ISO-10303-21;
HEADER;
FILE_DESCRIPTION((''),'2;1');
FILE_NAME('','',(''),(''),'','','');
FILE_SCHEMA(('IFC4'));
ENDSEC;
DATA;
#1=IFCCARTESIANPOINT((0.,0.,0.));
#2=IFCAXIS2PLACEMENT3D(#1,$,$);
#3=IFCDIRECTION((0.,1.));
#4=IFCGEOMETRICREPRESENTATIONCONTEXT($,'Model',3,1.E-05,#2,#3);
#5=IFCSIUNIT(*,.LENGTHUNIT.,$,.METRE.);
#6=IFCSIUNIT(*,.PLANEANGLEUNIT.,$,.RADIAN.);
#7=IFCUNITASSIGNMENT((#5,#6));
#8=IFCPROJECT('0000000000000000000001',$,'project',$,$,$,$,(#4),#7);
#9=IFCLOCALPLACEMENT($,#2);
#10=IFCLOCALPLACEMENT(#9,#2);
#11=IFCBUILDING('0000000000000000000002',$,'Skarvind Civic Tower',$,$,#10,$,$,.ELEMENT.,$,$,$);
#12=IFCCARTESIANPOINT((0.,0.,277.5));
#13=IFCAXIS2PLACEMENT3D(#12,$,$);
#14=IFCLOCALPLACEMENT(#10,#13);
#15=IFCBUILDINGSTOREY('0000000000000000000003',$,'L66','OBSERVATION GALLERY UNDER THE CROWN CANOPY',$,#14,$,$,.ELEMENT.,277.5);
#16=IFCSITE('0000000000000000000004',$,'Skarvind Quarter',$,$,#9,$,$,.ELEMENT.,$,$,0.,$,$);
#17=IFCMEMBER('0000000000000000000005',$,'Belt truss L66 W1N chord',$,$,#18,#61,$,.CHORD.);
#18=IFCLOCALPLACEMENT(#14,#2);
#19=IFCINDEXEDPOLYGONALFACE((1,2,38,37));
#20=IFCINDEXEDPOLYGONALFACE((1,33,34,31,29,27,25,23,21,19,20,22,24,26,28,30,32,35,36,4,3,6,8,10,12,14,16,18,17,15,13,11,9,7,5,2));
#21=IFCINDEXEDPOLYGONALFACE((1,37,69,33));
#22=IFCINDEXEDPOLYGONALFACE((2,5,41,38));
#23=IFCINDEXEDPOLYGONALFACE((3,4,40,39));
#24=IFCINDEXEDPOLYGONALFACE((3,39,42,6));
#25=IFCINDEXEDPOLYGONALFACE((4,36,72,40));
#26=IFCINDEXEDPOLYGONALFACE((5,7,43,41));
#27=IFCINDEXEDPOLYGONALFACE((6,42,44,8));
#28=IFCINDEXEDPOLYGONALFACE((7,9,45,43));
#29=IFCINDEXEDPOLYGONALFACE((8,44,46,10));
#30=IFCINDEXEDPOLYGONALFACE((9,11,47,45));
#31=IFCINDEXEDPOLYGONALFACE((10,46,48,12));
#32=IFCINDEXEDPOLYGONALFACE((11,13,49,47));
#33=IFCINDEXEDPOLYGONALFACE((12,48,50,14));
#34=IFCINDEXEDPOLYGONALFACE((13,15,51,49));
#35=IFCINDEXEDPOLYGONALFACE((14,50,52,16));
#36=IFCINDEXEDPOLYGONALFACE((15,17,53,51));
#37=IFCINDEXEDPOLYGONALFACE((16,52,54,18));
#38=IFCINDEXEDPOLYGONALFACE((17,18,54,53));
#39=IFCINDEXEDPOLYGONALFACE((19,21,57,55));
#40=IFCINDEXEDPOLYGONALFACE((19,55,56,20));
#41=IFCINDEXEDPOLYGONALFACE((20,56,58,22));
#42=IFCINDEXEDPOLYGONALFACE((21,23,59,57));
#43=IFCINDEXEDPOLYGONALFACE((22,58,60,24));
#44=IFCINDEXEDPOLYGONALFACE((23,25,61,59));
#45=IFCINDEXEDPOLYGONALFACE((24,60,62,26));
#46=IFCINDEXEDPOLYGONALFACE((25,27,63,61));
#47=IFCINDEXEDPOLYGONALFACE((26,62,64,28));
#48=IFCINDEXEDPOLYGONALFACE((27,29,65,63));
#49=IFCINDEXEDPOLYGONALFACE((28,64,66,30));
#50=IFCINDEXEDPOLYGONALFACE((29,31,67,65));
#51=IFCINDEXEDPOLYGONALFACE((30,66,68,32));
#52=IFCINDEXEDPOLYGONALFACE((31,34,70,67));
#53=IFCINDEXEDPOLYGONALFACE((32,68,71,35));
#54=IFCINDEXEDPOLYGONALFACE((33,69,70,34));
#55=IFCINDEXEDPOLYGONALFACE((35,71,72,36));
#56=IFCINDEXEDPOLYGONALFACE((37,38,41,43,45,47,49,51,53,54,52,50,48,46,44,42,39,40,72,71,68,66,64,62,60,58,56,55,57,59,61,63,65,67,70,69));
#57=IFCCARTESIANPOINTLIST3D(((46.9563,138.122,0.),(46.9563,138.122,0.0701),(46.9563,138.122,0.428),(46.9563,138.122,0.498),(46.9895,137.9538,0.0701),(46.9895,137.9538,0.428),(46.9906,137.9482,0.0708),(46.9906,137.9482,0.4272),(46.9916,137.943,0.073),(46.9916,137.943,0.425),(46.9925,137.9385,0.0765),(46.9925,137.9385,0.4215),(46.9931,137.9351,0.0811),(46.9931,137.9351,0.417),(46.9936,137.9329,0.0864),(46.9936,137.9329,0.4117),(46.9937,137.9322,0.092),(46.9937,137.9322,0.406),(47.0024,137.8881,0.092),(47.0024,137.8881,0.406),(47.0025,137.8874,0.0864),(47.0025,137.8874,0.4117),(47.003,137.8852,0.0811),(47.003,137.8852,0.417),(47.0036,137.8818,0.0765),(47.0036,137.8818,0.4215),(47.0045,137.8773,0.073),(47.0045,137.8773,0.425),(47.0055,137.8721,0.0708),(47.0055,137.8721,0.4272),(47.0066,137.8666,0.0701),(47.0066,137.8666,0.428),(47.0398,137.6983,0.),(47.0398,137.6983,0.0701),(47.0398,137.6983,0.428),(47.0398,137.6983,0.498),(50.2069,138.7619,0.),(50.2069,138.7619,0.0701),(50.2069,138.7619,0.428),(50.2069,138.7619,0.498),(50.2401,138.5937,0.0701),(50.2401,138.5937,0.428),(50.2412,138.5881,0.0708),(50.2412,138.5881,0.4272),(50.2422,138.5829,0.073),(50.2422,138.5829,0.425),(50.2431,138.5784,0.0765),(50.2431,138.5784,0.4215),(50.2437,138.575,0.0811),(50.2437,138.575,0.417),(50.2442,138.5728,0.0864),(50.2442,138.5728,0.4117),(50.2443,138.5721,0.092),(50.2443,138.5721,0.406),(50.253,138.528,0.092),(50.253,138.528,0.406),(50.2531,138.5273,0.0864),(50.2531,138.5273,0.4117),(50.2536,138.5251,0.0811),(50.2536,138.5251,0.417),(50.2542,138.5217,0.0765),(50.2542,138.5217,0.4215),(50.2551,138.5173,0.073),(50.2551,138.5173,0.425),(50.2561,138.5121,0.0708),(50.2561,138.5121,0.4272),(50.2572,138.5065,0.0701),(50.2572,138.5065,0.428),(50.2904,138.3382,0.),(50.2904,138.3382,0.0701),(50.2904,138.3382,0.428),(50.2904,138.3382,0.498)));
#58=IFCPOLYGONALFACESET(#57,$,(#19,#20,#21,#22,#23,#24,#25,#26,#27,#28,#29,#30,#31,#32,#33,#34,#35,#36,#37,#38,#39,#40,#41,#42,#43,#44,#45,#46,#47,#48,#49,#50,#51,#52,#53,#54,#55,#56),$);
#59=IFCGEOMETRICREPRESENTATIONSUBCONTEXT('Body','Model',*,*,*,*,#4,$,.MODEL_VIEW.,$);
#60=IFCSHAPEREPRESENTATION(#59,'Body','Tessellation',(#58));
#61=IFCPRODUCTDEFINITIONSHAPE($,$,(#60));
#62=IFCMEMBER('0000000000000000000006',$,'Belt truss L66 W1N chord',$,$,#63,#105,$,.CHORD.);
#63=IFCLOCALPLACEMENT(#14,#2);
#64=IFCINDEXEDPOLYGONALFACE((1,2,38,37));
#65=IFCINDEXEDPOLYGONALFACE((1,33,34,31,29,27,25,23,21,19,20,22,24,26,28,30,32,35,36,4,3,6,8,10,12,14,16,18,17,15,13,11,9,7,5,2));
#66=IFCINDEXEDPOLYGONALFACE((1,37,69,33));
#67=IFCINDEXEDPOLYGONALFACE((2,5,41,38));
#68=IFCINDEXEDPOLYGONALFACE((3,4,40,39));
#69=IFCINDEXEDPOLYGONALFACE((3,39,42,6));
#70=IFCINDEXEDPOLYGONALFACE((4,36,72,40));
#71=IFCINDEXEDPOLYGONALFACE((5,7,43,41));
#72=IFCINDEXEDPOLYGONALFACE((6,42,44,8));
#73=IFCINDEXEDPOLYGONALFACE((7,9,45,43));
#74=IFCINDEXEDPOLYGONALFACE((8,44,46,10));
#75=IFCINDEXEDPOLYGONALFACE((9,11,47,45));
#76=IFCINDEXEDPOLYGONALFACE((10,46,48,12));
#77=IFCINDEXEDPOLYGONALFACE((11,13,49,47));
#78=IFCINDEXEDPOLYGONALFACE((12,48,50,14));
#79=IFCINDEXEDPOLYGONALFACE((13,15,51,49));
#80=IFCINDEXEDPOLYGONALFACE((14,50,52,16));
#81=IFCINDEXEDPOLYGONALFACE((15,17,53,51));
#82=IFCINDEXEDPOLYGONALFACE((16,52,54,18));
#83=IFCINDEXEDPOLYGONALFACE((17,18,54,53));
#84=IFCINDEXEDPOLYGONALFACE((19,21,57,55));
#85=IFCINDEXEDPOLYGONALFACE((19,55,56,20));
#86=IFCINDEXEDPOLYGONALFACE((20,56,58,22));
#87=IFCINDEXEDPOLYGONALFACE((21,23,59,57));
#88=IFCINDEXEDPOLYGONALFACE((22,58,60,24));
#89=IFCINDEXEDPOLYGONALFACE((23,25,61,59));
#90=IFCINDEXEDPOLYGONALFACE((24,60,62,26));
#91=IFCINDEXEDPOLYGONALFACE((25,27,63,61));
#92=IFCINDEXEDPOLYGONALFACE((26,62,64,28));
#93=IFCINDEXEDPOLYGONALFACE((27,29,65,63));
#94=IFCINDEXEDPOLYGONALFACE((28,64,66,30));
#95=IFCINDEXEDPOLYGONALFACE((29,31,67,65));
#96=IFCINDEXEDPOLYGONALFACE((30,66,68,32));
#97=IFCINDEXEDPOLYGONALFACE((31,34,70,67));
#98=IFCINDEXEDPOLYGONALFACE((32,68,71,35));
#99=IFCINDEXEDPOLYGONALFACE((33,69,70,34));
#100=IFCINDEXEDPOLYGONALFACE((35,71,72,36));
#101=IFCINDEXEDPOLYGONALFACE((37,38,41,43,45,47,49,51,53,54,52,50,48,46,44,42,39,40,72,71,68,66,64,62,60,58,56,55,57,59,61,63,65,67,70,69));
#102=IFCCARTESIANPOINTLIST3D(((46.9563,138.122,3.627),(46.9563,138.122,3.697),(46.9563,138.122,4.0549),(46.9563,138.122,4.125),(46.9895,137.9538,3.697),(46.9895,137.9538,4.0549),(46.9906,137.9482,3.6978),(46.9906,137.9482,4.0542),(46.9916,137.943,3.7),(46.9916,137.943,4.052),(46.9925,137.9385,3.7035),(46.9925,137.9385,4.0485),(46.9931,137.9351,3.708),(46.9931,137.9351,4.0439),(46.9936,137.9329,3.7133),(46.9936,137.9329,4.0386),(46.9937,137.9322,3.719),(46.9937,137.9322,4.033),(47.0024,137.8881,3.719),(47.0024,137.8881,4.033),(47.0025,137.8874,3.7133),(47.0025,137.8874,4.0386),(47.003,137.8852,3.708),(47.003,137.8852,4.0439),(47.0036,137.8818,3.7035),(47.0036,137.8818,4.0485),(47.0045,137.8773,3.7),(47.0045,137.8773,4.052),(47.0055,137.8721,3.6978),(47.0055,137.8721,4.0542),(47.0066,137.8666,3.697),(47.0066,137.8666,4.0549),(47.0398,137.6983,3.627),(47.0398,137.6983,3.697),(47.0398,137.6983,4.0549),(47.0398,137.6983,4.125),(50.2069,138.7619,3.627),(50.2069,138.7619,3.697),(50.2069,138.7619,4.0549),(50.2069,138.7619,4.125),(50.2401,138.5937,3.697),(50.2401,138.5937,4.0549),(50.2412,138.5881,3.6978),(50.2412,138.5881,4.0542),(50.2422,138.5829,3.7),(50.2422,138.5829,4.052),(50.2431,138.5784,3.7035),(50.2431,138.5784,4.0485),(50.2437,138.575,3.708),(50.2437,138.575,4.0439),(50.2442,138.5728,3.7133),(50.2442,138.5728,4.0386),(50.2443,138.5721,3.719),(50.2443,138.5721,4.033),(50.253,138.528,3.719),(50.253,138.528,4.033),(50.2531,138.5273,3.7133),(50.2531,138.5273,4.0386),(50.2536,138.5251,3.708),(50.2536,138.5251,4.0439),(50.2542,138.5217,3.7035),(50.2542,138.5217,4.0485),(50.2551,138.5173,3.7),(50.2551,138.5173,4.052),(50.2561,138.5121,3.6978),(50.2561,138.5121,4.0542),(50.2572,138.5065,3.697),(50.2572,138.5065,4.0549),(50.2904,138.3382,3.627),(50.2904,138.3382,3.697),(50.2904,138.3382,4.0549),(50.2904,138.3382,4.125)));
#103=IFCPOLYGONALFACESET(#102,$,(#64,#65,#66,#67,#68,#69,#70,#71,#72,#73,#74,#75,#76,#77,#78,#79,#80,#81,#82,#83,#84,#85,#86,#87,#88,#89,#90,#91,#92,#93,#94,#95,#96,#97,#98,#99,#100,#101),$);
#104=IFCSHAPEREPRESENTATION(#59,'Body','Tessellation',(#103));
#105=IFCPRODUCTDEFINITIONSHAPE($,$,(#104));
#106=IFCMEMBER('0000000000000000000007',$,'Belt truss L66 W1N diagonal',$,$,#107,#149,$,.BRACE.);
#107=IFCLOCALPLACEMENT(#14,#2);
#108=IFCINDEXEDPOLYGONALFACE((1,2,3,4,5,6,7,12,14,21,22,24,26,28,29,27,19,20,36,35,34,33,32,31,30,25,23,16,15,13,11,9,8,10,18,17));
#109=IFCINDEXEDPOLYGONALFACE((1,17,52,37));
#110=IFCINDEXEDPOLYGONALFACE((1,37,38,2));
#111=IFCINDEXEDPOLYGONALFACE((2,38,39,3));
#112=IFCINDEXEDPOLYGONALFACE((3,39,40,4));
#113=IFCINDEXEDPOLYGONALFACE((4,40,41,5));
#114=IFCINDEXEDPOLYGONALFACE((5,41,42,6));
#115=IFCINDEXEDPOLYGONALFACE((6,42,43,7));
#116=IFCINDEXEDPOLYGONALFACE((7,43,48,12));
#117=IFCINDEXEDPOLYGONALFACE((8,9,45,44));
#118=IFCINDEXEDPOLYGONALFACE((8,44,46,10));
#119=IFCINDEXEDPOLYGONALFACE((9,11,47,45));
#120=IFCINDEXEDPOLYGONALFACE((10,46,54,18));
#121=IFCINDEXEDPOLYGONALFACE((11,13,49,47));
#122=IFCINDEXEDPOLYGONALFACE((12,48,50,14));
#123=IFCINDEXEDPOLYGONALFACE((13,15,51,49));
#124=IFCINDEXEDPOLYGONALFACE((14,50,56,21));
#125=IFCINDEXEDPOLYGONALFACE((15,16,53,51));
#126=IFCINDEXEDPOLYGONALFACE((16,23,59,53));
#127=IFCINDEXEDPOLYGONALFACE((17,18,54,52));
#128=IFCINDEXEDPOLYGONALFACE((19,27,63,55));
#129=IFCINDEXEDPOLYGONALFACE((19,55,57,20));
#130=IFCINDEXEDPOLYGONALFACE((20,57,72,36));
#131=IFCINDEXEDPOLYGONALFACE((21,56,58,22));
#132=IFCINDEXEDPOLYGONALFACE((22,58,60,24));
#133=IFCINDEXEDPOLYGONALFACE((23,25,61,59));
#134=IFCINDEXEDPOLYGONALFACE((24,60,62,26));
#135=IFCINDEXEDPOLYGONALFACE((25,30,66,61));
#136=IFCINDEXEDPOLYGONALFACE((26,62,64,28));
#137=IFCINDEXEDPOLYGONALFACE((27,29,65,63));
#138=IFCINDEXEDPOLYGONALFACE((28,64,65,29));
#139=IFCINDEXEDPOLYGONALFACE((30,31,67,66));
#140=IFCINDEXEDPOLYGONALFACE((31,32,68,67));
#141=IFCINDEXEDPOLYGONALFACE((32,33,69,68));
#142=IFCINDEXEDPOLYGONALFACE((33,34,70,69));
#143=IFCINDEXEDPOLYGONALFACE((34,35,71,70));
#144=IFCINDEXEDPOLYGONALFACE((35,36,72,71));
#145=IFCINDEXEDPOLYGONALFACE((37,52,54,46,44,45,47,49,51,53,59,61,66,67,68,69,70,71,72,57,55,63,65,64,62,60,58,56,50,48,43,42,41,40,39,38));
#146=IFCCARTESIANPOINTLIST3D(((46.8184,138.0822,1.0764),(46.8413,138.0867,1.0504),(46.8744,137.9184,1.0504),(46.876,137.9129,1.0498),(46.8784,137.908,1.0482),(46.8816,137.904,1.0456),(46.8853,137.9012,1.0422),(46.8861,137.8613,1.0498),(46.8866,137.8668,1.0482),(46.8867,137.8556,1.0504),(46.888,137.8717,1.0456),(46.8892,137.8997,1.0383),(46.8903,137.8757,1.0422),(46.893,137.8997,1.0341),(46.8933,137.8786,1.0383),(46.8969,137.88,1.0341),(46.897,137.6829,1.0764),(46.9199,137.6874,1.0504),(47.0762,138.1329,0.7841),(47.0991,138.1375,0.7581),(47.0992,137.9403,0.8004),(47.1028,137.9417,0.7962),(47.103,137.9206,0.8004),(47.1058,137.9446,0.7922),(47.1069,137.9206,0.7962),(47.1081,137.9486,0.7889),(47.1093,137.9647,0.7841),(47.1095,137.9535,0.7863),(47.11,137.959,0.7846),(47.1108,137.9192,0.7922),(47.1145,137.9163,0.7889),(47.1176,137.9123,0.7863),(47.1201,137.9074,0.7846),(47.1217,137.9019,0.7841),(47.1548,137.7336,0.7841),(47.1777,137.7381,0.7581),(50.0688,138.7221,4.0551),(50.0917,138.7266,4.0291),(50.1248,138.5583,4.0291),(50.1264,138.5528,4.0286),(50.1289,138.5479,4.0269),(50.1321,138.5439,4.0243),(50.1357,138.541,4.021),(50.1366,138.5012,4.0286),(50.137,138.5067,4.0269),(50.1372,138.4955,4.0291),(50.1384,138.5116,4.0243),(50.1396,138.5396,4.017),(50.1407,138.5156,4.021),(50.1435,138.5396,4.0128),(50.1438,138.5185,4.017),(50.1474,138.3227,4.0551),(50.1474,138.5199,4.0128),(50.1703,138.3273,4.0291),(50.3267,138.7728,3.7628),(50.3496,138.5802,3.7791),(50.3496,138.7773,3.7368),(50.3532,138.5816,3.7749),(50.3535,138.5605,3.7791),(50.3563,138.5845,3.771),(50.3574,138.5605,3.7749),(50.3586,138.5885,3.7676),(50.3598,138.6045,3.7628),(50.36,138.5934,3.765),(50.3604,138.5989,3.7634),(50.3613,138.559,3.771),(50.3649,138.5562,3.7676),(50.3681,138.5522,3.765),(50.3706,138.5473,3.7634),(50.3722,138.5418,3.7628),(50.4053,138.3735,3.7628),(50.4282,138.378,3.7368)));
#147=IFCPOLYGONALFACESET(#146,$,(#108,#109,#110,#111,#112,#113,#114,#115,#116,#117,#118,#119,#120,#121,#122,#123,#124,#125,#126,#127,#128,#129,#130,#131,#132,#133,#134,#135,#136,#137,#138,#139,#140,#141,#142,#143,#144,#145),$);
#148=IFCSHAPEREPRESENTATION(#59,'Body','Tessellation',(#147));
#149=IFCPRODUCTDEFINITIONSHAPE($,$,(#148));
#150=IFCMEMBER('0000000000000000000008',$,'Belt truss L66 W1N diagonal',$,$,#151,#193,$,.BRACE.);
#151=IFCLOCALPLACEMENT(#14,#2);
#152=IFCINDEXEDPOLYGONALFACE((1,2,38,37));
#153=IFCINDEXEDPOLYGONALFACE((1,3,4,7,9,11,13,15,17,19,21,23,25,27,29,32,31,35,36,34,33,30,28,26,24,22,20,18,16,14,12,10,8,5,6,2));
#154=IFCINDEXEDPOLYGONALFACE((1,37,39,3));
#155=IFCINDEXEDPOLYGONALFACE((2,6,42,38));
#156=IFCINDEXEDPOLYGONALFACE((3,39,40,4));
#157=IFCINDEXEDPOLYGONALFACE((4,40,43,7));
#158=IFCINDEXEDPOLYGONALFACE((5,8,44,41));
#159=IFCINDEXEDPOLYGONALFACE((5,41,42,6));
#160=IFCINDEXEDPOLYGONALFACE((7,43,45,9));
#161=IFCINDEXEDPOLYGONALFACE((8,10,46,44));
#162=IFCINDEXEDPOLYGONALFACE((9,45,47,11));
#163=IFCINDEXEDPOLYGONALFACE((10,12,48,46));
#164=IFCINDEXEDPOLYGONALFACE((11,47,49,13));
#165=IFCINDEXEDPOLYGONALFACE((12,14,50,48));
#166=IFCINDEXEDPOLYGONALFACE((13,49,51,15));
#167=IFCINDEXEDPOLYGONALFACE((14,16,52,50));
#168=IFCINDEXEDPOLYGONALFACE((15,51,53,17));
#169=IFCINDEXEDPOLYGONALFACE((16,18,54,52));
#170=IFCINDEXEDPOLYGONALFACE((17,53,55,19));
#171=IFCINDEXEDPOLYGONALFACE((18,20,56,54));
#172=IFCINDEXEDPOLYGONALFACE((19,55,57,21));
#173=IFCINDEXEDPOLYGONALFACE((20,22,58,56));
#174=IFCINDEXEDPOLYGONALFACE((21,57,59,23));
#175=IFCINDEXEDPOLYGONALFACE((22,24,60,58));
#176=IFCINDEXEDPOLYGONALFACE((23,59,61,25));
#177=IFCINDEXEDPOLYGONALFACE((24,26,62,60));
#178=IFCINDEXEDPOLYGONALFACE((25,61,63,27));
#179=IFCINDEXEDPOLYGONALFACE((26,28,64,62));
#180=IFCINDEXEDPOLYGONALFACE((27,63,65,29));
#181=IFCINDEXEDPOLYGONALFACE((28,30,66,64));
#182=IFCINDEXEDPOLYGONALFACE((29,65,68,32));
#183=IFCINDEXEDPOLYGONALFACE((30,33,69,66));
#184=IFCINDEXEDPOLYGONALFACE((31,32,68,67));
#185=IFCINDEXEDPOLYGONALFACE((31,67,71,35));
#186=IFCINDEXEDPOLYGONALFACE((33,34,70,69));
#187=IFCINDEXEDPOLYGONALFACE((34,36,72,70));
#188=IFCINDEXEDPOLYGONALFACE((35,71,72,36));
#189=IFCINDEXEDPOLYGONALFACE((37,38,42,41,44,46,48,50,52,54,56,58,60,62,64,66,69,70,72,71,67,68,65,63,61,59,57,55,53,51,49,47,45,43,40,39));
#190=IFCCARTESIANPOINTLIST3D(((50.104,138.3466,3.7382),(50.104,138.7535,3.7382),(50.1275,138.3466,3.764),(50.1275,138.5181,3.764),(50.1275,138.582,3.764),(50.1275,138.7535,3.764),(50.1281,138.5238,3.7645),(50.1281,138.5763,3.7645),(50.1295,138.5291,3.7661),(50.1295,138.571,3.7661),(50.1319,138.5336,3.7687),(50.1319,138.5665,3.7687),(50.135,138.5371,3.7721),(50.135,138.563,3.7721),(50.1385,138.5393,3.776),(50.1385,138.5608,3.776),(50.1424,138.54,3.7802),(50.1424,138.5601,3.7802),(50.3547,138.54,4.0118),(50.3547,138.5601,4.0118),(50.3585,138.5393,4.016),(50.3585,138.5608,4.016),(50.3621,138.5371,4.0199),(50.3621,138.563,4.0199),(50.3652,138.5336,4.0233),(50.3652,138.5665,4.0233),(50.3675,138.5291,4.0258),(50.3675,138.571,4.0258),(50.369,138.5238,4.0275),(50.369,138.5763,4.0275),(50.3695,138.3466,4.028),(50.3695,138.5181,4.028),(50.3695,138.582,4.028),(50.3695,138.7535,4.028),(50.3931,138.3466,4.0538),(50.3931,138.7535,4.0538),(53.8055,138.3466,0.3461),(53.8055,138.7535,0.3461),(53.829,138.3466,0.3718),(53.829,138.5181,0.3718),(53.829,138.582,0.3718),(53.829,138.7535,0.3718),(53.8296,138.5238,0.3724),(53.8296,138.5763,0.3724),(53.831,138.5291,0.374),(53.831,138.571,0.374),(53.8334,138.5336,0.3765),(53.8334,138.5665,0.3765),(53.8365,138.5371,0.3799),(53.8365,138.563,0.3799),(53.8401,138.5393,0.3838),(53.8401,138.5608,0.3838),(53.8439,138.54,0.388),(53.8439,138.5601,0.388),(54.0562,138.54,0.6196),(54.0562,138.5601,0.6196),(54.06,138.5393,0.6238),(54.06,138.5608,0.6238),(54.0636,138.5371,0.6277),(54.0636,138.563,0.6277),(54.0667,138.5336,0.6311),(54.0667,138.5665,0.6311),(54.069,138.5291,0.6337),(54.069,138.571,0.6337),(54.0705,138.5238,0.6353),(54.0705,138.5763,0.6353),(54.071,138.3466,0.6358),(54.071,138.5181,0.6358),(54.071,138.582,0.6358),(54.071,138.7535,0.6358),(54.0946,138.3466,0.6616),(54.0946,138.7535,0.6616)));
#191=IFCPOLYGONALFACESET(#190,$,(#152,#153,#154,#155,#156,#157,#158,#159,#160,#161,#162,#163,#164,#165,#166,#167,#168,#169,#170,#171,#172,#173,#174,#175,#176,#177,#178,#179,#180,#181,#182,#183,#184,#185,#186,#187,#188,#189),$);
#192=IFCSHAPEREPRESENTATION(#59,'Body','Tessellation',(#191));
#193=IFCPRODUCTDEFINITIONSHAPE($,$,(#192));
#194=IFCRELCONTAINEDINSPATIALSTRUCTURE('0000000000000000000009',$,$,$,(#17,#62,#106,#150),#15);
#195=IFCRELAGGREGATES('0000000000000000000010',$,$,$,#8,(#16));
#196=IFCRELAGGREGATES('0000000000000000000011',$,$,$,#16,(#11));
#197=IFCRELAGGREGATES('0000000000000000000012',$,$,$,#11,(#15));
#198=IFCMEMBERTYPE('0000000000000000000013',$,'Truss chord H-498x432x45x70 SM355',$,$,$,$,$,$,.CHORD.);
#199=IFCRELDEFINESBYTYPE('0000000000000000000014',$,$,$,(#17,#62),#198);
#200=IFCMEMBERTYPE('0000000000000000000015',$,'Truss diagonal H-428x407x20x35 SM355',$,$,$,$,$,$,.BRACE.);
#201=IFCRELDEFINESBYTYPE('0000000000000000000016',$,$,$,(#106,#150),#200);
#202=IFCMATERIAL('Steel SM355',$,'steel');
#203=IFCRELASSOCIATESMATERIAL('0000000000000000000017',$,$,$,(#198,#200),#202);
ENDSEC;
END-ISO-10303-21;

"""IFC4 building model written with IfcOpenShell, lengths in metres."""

from ifc_helpers import new_model, si_unit, direction, frame, origin, origin_2d, place, context, subcontext, project, spatial, i_section, extrude, material, material_profile, profile_set, type_object, element, save


model = new_model("IFC4")

# Units and contexts
model_context = context("Model", 3, precision=1e-05, world=origin(), true_north=direction((0.0, 1.0)))
body_context = subcontext(model_context, "Body", "Model", "MODEL_VIEW")
ifc_project = project(units=[si_unit("LENGTHUNIT", "METRE"), si_unit("PLANEANGLEUNIT", "RADIAN")], contexts=[model_context])

# Site, building, storey
site_placement = place(None, origin())
site = spatial("IfcSite", under=ifc_project, at=site_placement, Name="Skarvind Quarter", CompositionType="ELEMENT", RefElevation=0.0)
building_placement = place(site_placement, origin())
building = spatial("IfcBuilding", under=site, at=building_placement, Name="Skarvind Civic Tower", CompositionType="ELEMENT")
storey_placement = place(building_placement, frame((0.0, 0.0, 277.5)))
storey = spatial("IfcBuildingStorey", under=building, at=storey_placement, Name="L66", Description="OBSERVATION GALLERY UNDER THE CROWN CANOPY", CompositionType="ELEMENT", Elevation=277.5)

# Members
ifc_material_1 = material(Name="Steel SM355", Category="steel")
ifc_material_profile_1 = material_profile(ifc_material_1, i_section(OverallWidth=0.4319, OverallDepth=0.498, WebThickness=0.0449, FlangeThickness=0.0701, FilletRadius=0.022, at=origin_2d()), Name="H-498x432x45x70")
ifc_profile_set_1 = profile_set([ifc_material_profile_1], Name="Steel SM355")
member_type_1 = type_object("IfcMemberType", Name="Truss chord H-498x432x45x70 SM355", PredefinedType="CHORD", material=ifc_profile_set_1)
for number, where, z_axis, x_axis, name in (
    (1, (46.998, 137.9102, 0.249), (0.981169, 0.193153, 0.0), (-0.193153, 0.981169, 0.0), "Belt truss L66 W1N chord"),
    (2, (46.998, 137.9102, 3.876), (0.981169, 0.193153, 0.0), (-0.193153, 0.981169, 0.0), "Belt truss L66 W1N chord"),
):
    element("IfcMember", number, at=place(storey_placement, frame(where, z_axis=z_axis, x_axis=x_axis)), inside=storey, type_object=member_type_1, Name=name, PredefinedType="CHORD", context=body_context, shape_type="SweptSolid", body=[
        extrude(i_section(OverallWidth=0.4319, OverallDepth=0.498, WebThickness=0.0449, FlangeThickness=0.0701, FilletRadius=0.022, at=origin_2d()), origin(), (0.0, 0.0, 1.0), 3.313),
    ])
ifc_material_profile_2 = material_profile(ifc_material_1, i_section(OverallWidth=0.407, OverallDepth=0.428, WebThickness=0.02, FlangeThickness=0.0349, FilletRadius=0.022, at=origin_2d()), Name="H-428x407x20x35")
ifc_profile_set_2 = profile_set([ifc_material_profile_2], Name="Steel SM355")
member_type_2 = type_object("IfcMemberType", Name="Truss diagonal H-428x407x20x35 SM355", PredefinedType="BRACE", material=ifc_profile_set_2)
member_1_placement = place(storey_placement, frame((46.998, 137.9102, 0.9172), z_axis=(0.729606, 0.143631, 0.668614), x_axis=(-0.193153, 0.981169, 0.0)))
element("IfcMember", 3, at=member_1_placement, inside=storey, type_object=member_type_2, Name="Belt truss L66 W1N diagonal", PredefinedType="BRACE", context=body_context, shape_type="SweptSolid", body=[
    extrude(i_section(OverallWidth=0.407, OverallDepth=0.428, WebThickness=0.02, FlangeThickness=0.0349, FilletRadius=0.022, at=origin_2d()), origin(), (0.0, 0.0, 1.0), 4.4551),
])
member_2_placement = place(storey_placement, frame((50.2485, 138.55, 3.896), z_axis=(0.737241, 0.0, -0.67563), x_axis=(0.0, 1.0, 0.0)))
element("IfcMember", 4, at=member_2_placement, inside=storey, type_object=member_type_2, Name="Belt truss L66 W1N diagonal", PredefinedType="BRACE", context=body_context, shape_type="SweptSolid", body=[
    extrude(i_section(OverallWidth=0.407, OverallDepth=0.428, WebThickness=0.02, FlangeThickness=0.0349, FilletRadius=0.022, at=origin_2d()), origin(), (0.0, 0.0, 1.0), 5.0208),
])

save(model, "model.ifc")
